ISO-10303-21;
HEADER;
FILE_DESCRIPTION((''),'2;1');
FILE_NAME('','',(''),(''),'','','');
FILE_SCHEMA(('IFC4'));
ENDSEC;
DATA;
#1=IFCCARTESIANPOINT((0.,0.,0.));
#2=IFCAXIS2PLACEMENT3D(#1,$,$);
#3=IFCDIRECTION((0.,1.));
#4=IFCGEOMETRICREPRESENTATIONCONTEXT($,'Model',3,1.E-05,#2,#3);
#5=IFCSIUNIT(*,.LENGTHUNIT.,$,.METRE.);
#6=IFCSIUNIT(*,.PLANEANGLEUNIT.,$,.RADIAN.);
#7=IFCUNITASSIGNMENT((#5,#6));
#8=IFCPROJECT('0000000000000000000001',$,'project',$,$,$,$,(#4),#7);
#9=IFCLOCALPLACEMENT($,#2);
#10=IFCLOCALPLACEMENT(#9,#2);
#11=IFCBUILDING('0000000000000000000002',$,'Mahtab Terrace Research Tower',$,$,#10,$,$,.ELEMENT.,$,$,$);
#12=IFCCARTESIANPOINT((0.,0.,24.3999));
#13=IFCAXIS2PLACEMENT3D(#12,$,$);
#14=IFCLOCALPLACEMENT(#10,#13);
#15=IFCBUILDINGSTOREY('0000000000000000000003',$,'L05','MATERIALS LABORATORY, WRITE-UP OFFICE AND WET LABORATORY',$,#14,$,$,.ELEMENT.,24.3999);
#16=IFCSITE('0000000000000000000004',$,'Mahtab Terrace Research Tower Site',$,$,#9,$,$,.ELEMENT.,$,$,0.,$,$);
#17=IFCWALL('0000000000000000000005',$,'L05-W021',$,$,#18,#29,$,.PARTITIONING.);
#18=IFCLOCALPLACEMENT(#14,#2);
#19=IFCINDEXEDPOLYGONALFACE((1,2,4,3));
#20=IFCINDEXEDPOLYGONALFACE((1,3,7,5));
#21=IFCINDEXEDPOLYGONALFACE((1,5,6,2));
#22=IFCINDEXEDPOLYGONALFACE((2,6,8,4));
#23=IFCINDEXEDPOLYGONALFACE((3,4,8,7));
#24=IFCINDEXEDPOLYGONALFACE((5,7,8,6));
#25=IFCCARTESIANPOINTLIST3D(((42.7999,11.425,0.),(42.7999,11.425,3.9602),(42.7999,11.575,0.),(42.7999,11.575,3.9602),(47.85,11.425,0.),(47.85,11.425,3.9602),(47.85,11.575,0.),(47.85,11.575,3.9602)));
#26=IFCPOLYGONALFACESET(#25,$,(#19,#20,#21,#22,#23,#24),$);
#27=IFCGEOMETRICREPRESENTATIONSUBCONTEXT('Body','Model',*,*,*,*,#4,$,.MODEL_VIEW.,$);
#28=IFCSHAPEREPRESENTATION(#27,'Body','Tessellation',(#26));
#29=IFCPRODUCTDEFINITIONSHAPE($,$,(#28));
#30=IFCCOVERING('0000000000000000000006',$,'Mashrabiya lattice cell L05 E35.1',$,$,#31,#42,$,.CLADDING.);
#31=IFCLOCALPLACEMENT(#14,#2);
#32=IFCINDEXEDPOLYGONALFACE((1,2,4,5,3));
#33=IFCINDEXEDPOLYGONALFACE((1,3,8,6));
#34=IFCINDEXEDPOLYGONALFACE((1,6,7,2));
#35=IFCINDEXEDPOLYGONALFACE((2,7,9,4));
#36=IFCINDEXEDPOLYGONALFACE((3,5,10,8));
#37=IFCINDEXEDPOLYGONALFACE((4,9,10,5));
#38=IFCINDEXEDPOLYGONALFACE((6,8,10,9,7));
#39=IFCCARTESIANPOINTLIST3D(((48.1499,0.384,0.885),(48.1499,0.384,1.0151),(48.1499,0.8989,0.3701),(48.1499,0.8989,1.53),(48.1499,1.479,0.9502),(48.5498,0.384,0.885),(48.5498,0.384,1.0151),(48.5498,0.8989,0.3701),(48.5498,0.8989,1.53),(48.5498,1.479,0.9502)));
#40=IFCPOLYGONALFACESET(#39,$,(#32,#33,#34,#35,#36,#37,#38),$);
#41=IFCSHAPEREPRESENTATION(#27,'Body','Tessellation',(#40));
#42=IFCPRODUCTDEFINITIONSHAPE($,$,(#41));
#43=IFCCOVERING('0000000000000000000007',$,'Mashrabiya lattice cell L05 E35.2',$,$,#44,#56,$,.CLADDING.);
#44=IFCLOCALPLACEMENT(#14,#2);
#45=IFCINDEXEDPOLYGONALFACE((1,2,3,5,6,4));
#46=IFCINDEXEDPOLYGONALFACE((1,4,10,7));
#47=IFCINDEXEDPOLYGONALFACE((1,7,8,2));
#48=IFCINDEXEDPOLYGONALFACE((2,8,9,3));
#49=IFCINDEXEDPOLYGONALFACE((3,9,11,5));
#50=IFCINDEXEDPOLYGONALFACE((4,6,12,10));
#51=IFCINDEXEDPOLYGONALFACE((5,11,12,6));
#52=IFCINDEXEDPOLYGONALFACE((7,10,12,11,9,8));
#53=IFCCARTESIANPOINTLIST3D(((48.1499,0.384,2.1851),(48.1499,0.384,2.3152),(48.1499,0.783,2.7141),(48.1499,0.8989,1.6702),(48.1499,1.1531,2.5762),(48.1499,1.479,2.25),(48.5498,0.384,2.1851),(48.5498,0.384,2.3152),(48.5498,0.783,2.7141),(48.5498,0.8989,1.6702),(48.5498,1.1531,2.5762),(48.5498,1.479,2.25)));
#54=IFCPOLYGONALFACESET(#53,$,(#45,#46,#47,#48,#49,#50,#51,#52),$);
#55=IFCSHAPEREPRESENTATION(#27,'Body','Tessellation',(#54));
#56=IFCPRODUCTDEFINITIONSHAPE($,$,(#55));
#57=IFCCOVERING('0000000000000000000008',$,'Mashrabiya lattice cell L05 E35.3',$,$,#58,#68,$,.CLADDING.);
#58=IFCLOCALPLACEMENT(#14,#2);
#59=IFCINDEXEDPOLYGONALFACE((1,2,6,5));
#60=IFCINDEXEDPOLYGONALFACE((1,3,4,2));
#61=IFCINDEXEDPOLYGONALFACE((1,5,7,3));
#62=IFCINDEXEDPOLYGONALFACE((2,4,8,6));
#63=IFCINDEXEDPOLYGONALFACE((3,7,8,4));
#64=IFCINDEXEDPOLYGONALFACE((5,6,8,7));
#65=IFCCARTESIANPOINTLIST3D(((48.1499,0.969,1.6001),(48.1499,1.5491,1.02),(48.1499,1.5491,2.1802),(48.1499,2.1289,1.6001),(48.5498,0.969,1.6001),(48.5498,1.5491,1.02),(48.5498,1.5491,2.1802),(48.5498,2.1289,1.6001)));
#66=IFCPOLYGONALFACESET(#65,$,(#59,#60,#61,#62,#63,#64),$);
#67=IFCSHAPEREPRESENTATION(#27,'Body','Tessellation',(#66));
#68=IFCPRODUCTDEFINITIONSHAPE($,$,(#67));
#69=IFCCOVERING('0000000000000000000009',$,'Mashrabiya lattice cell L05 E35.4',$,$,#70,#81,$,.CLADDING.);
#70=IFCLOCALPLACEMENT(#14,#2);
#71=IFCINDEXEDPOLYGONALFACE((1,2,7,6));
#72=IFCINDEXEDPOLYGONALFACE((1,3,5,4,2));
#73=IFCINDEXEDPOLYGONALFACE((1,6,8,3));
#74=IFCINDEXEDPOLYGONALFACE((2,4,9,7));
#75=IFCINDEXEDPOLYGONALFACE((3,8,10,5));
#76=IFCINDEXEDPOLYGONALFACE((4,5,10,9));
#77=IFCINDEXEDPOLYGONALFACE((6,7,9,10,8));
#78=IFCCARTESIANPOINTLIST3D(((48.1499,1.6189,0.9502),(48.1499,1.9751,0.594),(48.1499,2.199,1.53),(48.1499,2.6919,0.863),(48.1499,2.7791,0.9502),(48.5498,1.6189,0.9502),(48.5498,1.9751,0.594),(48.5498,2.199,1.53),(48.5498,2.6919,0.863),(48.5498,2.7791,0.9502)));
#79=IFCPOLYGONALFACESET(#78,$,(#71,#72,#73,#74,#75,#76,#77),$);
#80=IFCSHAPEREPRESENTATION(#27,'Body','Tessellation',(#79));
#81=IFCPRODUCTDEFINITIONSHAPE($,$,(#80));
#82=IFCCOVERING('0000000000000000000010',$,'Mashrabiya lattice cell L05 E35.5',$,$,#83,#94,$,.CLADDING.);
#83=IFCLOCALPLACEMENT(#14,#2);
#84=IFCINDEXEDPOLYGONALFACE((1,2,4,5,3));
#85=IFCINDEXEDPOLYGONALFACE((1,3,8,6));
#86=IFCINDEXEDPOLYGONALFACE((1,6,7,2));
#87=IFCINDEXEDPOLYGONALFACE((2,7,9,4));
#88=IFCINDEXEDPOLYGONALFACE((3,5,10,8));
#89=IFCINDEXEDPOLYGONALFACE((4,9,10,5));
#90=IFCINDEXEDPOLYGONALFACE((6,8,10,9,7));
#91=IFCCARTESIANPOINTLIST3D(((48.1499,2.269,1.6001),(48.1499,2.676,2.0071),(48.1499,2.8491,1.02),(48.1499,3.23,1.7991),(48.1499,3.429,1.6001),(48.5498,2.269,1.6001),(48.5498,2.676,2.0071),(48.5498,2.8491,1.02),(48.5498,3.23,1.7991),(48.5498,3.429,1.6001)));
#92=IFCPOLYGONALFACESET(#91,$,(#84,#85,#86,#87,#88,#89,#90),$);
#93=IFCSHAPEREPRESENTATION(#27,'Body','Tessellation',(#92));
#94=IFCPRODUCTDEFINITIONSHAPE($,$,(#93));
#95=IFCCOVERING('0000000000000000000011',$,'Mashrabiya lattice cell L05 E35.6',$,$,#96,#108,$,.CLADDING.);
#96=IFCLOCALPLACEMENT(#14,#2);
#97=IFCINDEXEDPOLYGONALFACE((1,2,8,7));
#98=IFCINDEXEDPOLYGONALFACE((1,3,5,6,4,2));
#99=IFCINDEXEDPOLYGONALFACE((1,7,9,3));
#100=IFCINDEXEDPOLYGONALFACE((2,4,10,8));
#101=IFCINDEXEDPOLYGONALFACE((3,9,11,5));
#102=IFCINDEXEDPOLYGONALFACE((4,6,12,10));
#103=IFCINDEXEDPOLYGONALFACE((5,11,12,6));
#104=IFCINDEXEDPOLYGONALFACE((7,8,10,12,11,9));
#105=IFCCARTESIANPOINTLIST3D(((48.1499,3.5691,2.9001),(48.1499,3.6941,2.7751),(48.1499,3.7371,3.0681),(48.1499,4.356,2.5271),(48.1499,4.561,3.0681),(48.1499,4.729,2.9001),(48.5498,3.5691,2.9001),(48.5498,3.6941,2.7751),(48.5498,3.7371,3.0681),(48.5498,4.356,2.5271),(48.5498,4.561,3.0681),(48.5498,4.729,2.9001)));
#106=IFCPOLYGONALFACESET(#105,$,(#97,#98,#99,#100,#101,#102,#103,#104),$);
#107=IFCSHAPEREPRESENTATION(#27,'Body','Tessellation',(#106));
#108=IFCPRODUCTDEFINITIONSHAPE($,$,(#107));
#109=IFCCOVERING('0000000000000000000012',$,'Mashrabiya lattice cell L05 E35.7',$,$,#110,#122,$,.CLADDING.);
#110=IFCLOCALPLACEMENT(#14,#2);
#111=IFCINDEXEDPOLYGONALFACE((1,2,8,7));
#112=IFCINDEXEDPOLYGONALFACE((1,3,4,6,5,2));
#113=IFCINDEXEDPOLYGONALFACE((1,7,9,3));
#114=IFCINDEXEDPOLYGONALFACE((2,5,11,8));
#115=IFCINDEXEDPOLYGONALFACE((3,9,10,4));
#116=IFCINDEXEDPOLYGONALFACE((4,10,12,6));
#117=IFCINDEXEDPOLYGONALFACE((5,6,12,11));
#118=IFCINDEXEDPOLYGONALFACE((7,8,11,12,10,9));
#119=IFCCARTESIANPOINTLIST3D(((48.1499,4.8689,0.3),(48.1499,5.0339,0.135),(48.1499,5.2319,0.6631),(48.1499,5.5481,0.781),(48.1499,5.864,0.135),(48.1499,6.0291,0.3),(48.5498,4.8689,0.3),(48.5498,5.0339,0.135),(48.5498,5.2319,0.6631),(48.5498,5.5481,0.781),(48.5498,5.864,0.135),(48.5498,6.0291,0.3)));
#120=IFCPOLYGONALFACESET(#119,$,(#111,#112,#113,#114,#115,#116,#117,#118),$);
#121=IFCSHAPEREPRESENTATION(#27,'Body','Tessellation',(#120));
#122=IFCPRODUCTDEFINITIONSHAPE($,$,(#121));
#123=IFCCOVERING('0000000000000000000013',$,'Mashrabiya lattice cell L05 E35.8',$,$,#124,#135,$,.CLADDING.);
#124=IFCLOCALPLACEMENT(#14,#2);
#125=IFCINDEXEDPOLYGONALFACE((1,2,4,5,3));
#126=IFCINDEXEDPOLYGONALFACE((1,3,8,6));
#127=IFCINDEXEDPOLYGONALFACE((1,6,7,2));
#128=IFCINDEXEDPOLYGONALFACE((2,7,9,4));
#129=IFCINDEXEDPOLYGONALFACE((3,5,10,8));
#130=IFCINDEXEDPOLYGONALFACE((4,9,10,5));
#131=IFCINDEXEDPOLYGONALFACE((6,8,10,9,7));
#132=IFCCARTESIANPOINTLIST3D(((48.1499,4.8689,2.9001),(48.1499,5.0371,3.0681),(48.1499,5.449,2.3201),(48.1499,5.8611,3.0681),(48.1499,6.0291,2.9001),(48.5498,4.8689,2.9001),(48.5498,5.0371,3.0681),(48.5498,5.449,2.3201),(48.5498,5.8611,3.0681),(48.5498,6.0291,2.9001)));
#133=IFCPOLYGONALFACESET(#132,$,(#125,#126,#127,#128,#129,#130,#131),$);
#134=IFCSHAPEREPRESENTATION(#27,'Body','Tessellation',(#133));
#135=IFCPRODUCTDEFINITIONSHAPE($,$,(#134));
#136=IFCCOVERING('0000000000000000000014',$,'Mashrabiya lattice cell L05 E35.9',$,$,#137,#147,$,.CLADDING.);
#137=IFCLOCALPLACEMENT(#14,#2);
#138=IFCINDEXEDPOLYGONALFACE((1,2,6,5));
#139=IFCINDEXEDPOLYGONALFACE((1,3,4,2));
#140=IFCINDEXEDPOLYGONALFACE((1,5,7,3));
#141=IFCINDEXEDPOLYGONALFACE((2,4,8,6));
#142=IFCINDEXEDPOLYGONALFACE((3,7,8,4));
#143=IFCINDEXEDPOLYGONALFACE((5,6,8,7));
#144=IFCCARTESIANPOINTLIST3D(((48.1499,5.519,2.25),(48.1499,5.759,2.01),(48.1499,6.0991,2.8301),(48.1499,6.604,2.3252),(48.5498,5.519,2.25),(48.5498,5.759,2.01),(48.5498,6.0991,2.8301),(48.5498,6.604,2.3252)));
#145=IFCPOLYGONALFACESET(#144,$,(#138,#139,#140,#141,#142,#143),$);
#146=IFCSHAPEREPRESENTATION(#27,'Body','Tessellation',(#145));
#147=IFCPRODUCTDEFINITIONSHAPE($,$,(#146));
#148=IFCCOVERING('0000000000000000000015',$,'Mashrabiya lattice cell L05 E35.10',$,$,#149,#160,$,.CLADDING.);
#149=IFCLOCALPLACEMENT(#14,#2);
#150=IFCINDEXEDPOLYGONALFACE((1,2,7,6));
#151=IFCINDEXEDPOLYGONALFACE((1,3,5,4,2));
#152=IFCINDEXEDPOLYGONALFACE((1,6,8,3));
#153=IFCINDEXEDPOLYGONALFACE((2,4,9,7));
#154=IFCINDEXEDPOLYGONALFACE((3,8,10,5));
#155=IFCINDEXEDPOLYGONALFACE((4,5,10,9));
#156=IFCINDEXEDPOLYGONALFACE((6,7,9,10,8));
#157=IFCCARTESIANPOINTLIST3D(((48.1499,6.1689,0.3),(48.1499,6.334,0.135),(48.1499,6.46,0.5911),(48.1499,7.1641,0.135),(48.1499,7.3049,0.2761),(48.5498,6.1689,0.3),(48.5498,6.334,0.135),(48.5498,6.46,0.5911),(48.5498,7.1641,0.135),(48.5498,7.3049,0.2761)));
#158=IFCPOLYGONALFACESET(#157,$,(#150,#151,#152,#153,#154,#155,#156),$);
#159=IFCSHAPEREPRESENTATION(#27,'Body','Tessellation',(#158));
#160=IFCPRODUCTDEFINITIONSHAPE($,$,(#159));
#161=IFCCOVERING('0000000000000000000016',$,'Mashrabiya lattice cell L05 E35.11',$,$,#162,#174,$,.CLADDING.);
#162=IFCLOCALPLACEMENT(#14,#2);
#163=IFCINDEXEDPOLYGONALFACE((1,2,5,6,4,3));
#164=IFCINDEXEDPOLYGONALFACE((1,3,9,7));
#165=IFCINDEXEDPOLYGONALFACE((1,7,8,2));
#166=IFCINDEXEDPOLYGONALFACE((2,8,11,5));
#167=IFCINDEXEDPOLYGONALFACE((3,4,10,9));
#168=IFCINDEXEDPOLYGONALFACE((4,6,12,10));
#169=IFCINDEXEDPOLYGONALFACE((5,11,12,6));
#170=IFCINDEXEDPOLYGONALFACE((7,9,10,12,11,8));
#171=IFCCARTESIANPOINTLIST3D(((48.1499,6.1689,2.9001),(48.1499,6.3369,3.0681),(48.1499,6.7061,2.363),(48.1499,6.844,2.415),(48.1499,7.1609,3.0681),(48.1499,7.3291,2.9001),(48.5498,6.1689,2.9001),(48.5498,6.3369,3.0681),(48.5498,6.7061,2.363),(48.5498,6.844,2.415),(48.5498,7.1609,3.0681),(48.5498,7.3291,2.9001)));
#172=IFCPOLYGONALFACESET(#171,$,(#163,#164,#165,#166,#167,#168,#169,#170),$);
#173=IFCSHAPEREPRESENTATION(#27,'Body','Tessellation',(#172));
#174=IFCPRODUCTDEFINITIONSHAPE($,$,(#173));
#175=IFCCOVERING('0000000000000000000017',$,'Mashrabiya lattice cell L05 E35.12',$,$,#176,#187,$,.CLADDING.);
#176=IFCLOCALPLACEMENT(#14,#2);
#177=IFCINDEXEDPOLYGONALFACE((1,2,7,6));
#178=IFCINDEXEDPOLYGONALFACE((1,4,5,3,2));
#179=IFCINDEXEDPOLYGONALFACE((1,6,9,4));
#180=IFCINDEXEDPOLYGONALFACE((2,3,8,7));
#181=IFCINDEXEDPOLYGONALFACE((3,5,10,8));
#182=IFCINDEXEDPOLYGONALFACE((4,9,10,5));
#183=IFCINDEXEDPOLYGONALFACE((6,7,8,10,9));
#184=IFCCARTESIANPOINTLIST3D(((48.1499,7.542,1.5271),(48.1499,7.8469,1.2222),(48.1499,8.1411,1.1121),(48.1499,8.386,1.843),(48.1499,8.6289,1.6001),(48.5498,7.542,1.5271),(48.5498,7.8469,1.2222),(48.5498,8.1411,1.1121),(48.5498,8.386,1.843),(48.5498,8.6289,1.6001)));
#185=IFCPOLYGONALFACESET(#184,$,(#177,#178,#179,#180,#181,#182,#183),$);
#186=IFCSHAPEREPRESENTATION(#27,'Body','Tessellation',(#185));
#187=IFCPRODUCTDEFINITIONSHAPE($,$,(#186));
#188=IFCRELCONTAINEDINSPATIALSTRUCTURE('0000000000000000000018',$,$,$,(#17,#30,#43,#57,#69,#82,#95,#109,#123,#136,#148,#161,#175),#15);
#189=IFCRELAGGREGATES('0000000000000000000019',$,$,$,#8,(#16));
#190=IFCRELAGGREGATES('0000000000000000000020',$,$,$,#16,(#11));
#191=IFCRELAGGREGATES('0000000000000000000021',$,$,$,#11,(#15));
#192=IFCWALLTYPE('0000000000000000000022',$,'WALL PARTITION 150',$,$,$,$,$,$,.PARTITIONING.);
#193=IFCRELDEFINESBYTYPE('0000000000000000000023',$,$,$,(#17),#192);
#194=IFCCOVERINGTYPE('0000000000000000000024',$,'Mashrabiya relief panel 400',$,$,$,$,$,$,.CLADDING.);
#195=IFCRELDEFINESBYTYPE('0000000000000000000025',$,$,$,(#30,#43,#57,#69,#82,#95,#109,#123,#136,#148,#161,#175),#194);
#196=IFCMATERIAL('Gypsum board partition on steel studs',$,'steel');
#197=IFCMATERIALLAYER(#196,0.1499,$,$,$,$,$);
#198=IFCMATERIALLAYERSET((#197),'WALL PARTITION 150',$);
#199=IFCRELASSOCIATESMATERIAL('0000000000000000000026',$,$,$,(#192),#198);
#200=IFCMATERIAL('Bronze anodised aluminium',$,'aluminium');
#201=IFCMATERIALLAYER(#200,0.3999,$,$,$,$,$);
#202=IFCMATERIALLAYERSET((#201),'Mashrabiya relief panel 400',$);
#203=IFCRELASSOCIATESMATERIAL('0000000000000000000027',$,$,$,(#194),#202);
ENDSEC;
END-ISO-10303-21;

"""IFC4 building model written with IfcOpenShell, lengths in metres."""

from ifc_helpers import new_model, si_unit, direction, frame, frame_2d, origin, place, context, subcontext, project, spatial, polyline, rectangle, outline, extrude, material, layer, layer_set, type_object, element, save


model = new_model("IFC4")

# Units and contexts
model_context = context("Model", 3, precision=1e-05, world=origin(), true_north=direction((0.0, 1.0)))
body_context = subcontext(model_context, "Body", "Model", "MODEL_VIEW")
ifc_project = project(units=[si_unit("LENGTHUNIT", "METRE"), si_unit("PLANEANGLEUNIT", "RADIAN")], contexts=[model_context])

# Site, building, storey
site_placement = place(None, origin())
site = spatial("IfcSite", under=ifc_project, at=site_placement, Name="Mahtab Terrace Research Tower Site", CompositionType="ELEMENT", RefElevation=0.0)
building_placement = place(site_placement, origin())
building = spatial("IfcBuilding", under=site, at=building_placement, Name="Mahtab Terrace Research Tower", CompositionType="ELEMENT")
storey_placement = place(building_placement, frame((0.0, 0.0, 24.3999)))
storey = spatial("IfcBuildingStorey", under=building, at=storey_placement, Name="L05", Description="MATERIALS LABORATORY, WRITE-UP OFFICE AND WET LABORATORY", CompositionType="ELEMENT", Elevation=24.3999)

# Wall
ifc_material_1 = material(Name="Gypsum board partition on steel studs", Category="steel")
ifc_layer_1 = layer(ifc_material_1, 0.1499)
ifc_layer_set_1 = layer_set([ifc_layer_1], Name="WALL PARTITION 150")
wall_type_1 = type_object("IfcWallType", Name="WALL PARTITION 150", PredefinedType="PARTITIONING", material=ifc_layer_set_1)
wall_1_placement = place(storey_placement, frame((42.8, 11.5, 0.0), z_axis=(0.0, 0.0, 1.0), x_axis=(1.0, 0.0, 0.0)))
element("IfcWall", 1, at=wall_1_placement, inside=storey, type_object=wall_type_1, Name="L05-W021", PredefinedType="PARTITIONING", context=body_context, shape_type="SweptSolid", body=[
    extrude(rectangle(XDim=5.05, YDim=0.1499, at=frame_2d((2.5249, 0.0))), origin(), (0.0, 0.0, 1.0), 3.9602),
])

# Coverings
ifc_material_2 = material(Name="Bronze anodised aluminium", Category="aluminium")
ifc_layer_2 = layer(ifc_material_2, 0.3999)
ifc_layer_set_2 = layer_set([ifc_layer_2], Name="Mashrabiya relief panel 400")
covering_type = type_object("IfcCoveringType", Name="Mashrabiya relief panel 400", PredefinedType="CLADDING", material=ifc_layer_set_2)
covering_1_placement = place(storey_placement, frame((48.1499, 0.8989, 1.53), z_axis=(-1.0, 0.0, 0.0), x_axis=(0.0, 0.707256, -0.706958)))
element("IfcCovering", 2, at=covering_1_placement, inside=storey, type_object=covering_type, Name="Mashrabiya lattice cell L05 E35.1", PredefinedType="CLADDING", context=body_context, shape_type="SweptSolid", body=[
    extrude(outline(polyline([(0.0, 0.0), (0.8202, 0.0), (0.82, 0.8204), (0.0918, 0.8202), (-0.0002, 0.7282), (0.0, 0.0)])), origin(), (0.0, 0.0, -1.0), 0.3999),
])
covering_2_placement = place(storey_placement, frame((48.1499, 1.479, 2.25), z_axis=(-1.0, 0.0, 0.0), x_axis=(0.0, -0.707256, -0.706958)))
element("IfcCovering", 3, at=covering_2_placement, inside=storey, type_object=covering_type, Name="Mashrabiya lattice cell L05 E35.2", PredefinedType="CLADDING", context=body_context, shape_type="SweptSolid", body=[
    extrude(outline(polyline([(0.0, 0.0), (0.8202, 0.0), (0.8203, 0.7282), (0.7283, 0.8202), (0.1642, 0.8203), (-0.0001, 0.4611), (0.0, 0.0)])), origin(), (0.0, 0.0, -1.0), 0.3999),
])
covering_3_placement = place(storey_placement, frame((48.1499, 1.5491, 2.1802), z_axis=(-1.0, 0.0, 0.0), x_axis=(0.0, 0.706958, -0.707256)))
element("IfcCovering", 4, at=covering_3_placement, inside=storey, type_object=covering_type, Name="Mashrabiya lattice cell L05 E35.3", PredefinedType="CLADDING", context=body_context, shape_type="SweptSolid", body=[
    extrude(outline(polyline([(0.0, 0.0), (0.8202, 0.0), (0.8205, 0.8202), (0.0002, 0.8204), (0.0, 0.0)])), origin(), (0.0, 0.0, -1.0), 0.3999),
])
covering_4_placement = place(storey_placement, frame((48.1499, 1.6189, 0.9502), z_axis=(-1.0, 0.0, 0.0), x_axis=(0.0, 0.707256, 0.706958)))
element("IfcCovering", 5, at=covering_4_placement, inside=storey, type_object=covering_type, Name="Mashrabiya lattice cell L05 E35.4", PredefinedType="CLADDING", context=body_context, shape_type="SweptSolid", body=[
    extrude(outline(polyline([(0.0, 0.0), (0.8202, 0.0), (0.8205, 0.8202), (0.6973, 0.8202), (0.0001, 0.5037), (0.0, 0.0)])), origin(), (0.0, 0.0, -1.0), 0.3999),
])
covering_5_placement = place(storey_placement, frame((48.1499, 3.429, 1.6001), z_axis=(-1.0, 0.0, 0.0), x_axis=(0.0, -0.706958, -0.707256)))
element("IfcCovering", 6, at=covering_5_placement, inside=storey, type_object=covering_type, Name="Mashrabiya lattice cell L05 E35.5", PredefinedType="CLADDING", context=body_context, shape_type="SweptSolid", body=[
    extrude(outline(polyline([(0.0, 0.0), (0.8202, 0.0), (0.82, 0.8204), (0.2444, 0.8202), (-0.0001, 0.2814), (0.0, 0.0)])), origin(), (0.0, 0.0, -1.0), 0.3999),
])
covering_6_placement = place(storey_placement, frame((48.1499, 3.5691, 2.9001), z_axis=(-1.0, 0.0, 0.0), x_axis=(0.0, 0.707107, 0.707107)))
element("IfcCovering", 7, at=covering_6_placement, inside=storey, type_object=covering_type, Name="Mashrabiya lattice cell L05 E35.6", PredefinedType="CLADDING", context=body_context, shape_type="SweptSolid", body=[
    extrude(outline(polyline([(0.0, 0.0), (0.2375, 0.0), (0.8202, 0.5826), (0.8202, 0.8202), (0.2926, 0.8202), (0.0, 0.1768), (0.0, 0.0)])), origin(), (0.0, 0.0, -1.0), 0.3999),
])
covering_7_placement = place(storey_placement, frame((48.1499, 4.8689, 0.3), z_axis=(-1.0, 0.0, 0.0), x_axis=(0.0, 0.707107, 0.707107)))
element("IfcCovering", 8, at=covering_7_placement, inside=storey, type_object=covering_type, Name="Mashrabiya lattice cell L05 E35.7", PredefinedType="CLADDING", context=body_context, shape_type="SweptSolid", body=[
    extrude(outline(polyline([(0.0, 0.0), (0.5134, 0.0), (0.8204, 0.1402), (0.8204, 0.8204), (0.587, 0.8204), (0.0, 0.2334), (0.0, 0.0)])), origin(), (0.0, 0.0, -1.0), 0.3999),
])
covering_8_placement = place(storey_placement, frame((48.1499, 6.0291, 2.9001), z_axis=(-1.0, 0.0, 0.0), x_axis=(0.0, -0.707107, -0.707107)))
element("IfcCovering", 9, at=covering_8_placement, inside=storey, type_object=covering_type, Name="Mashrabiya lattice cell L05 E35.8", PredefinedType="CLADDING", context=body_context, shape_type="SweptSolid", body=[
    extrude(outline(polyline([(0.0, 0.0), (0.8204, 0.0), (0.8204, 0.8204), (0.5826, 0.8202), (0.0, 0.2375), (0.0, 0.0)])), origin(), (0.0, 0.0, -1.0), 0.3999),
])
covering_9_placement = place(storey_placement, frame((48.1499, 5.519, 2.25), z_axis=(-1.0, 0.0, 0.0), x_axis=(0.0, 0.707107, 0.707107)))
element("IfcCovering", 10, at=covering_9_placement, inside=storey, type_object=covering_type, Name="Mashrabiya lattice cell L05 E35.9", PredefinedType="CLADDING", context=body_context, shape_type="SweptSolid", body=[
    extrude(outline(polyline([(0.0, 0.0), (0.8204, 0.0), (0.8204, 0.714), (0.0, 0.3394), (0.0, 0.0)])), origin(), (0.0, 0.0, -1.0), 0.3999),
])
covering_10_placement = place(storey_placement, frame((48.1499, 6.1689, 0.3), z_axis=(-1.0, 0.0, 0.0), x_axis=(0.0, 0.707107, 0.707107)))
element("IfcCovering", 11, at=covering_10_placement, inside=storey, type_object=covering_type, Name="Mashrabiya lattice cell L05 E35.10", PredefinedType="CLADDING", context=body_context, shape_type="SweptSolid", body=[
    extrude(outline(polyline([(0.0, 0.0), (0.4116, 0.0), (0.7863, 0.8202), (0.587, 0.8204), (0.0, 0.2334), (0.0, 0.0)])), origin(), (0.0, 0.0, -1.0), 0.3999),
])
covering_11_placement = place(storey_placement, frame((48.1499, 6.1689, 2.9001), z_axis=(-1.0, 0.0, 0.0), x_axis=(0.0, 0.707107, 0.707107)))
element("IfcCovering", 12, at=covering_11_placement, inside=storey, type_object=covering_type, Name="Mashrabiya lattice cell L05 E35.11", PredefinedType="CLADDING", context=body_context, shape_type="SweptSolid", body=[
    extrude(outline(polyline([(0.0, 0.0), (0.2375, 0.0), (0.8202, 0.5826), (0.8204, 0.8204), (0.1343, 0.8204), (0.0, 0.7596), (0.0, 0.0)])), origin(), (0.0, 0.0, -1.0), 0.3999),
])
covering_12_placement = place(storey_placement, frame((48.1499, 7.542, 1.5271), z_axis=(-1.0, 0.0, 0.0), x_axis=(0.0, 0.936541, 0.350559)))
element("IfcCovering", 13, at=covering_12_placement, inside=storey, type_object=covering_type, Name="Mashrabiya lattice cell L05 E35.12", PredefinedType="CLADDING", context=body_context, shape_type="SweptSolid", body=[
    extrude(outline(polyline([(0.0, 0.0), (0.9012, 0.0), (1.0435, 0.3127), (0.4156, 0.5987), (0.1787, 0.3925), (0.0, 0.0)])), origin(), (0.0, 0.0, -1.0), 0.3999),
])

save(model, "model.ifc")
